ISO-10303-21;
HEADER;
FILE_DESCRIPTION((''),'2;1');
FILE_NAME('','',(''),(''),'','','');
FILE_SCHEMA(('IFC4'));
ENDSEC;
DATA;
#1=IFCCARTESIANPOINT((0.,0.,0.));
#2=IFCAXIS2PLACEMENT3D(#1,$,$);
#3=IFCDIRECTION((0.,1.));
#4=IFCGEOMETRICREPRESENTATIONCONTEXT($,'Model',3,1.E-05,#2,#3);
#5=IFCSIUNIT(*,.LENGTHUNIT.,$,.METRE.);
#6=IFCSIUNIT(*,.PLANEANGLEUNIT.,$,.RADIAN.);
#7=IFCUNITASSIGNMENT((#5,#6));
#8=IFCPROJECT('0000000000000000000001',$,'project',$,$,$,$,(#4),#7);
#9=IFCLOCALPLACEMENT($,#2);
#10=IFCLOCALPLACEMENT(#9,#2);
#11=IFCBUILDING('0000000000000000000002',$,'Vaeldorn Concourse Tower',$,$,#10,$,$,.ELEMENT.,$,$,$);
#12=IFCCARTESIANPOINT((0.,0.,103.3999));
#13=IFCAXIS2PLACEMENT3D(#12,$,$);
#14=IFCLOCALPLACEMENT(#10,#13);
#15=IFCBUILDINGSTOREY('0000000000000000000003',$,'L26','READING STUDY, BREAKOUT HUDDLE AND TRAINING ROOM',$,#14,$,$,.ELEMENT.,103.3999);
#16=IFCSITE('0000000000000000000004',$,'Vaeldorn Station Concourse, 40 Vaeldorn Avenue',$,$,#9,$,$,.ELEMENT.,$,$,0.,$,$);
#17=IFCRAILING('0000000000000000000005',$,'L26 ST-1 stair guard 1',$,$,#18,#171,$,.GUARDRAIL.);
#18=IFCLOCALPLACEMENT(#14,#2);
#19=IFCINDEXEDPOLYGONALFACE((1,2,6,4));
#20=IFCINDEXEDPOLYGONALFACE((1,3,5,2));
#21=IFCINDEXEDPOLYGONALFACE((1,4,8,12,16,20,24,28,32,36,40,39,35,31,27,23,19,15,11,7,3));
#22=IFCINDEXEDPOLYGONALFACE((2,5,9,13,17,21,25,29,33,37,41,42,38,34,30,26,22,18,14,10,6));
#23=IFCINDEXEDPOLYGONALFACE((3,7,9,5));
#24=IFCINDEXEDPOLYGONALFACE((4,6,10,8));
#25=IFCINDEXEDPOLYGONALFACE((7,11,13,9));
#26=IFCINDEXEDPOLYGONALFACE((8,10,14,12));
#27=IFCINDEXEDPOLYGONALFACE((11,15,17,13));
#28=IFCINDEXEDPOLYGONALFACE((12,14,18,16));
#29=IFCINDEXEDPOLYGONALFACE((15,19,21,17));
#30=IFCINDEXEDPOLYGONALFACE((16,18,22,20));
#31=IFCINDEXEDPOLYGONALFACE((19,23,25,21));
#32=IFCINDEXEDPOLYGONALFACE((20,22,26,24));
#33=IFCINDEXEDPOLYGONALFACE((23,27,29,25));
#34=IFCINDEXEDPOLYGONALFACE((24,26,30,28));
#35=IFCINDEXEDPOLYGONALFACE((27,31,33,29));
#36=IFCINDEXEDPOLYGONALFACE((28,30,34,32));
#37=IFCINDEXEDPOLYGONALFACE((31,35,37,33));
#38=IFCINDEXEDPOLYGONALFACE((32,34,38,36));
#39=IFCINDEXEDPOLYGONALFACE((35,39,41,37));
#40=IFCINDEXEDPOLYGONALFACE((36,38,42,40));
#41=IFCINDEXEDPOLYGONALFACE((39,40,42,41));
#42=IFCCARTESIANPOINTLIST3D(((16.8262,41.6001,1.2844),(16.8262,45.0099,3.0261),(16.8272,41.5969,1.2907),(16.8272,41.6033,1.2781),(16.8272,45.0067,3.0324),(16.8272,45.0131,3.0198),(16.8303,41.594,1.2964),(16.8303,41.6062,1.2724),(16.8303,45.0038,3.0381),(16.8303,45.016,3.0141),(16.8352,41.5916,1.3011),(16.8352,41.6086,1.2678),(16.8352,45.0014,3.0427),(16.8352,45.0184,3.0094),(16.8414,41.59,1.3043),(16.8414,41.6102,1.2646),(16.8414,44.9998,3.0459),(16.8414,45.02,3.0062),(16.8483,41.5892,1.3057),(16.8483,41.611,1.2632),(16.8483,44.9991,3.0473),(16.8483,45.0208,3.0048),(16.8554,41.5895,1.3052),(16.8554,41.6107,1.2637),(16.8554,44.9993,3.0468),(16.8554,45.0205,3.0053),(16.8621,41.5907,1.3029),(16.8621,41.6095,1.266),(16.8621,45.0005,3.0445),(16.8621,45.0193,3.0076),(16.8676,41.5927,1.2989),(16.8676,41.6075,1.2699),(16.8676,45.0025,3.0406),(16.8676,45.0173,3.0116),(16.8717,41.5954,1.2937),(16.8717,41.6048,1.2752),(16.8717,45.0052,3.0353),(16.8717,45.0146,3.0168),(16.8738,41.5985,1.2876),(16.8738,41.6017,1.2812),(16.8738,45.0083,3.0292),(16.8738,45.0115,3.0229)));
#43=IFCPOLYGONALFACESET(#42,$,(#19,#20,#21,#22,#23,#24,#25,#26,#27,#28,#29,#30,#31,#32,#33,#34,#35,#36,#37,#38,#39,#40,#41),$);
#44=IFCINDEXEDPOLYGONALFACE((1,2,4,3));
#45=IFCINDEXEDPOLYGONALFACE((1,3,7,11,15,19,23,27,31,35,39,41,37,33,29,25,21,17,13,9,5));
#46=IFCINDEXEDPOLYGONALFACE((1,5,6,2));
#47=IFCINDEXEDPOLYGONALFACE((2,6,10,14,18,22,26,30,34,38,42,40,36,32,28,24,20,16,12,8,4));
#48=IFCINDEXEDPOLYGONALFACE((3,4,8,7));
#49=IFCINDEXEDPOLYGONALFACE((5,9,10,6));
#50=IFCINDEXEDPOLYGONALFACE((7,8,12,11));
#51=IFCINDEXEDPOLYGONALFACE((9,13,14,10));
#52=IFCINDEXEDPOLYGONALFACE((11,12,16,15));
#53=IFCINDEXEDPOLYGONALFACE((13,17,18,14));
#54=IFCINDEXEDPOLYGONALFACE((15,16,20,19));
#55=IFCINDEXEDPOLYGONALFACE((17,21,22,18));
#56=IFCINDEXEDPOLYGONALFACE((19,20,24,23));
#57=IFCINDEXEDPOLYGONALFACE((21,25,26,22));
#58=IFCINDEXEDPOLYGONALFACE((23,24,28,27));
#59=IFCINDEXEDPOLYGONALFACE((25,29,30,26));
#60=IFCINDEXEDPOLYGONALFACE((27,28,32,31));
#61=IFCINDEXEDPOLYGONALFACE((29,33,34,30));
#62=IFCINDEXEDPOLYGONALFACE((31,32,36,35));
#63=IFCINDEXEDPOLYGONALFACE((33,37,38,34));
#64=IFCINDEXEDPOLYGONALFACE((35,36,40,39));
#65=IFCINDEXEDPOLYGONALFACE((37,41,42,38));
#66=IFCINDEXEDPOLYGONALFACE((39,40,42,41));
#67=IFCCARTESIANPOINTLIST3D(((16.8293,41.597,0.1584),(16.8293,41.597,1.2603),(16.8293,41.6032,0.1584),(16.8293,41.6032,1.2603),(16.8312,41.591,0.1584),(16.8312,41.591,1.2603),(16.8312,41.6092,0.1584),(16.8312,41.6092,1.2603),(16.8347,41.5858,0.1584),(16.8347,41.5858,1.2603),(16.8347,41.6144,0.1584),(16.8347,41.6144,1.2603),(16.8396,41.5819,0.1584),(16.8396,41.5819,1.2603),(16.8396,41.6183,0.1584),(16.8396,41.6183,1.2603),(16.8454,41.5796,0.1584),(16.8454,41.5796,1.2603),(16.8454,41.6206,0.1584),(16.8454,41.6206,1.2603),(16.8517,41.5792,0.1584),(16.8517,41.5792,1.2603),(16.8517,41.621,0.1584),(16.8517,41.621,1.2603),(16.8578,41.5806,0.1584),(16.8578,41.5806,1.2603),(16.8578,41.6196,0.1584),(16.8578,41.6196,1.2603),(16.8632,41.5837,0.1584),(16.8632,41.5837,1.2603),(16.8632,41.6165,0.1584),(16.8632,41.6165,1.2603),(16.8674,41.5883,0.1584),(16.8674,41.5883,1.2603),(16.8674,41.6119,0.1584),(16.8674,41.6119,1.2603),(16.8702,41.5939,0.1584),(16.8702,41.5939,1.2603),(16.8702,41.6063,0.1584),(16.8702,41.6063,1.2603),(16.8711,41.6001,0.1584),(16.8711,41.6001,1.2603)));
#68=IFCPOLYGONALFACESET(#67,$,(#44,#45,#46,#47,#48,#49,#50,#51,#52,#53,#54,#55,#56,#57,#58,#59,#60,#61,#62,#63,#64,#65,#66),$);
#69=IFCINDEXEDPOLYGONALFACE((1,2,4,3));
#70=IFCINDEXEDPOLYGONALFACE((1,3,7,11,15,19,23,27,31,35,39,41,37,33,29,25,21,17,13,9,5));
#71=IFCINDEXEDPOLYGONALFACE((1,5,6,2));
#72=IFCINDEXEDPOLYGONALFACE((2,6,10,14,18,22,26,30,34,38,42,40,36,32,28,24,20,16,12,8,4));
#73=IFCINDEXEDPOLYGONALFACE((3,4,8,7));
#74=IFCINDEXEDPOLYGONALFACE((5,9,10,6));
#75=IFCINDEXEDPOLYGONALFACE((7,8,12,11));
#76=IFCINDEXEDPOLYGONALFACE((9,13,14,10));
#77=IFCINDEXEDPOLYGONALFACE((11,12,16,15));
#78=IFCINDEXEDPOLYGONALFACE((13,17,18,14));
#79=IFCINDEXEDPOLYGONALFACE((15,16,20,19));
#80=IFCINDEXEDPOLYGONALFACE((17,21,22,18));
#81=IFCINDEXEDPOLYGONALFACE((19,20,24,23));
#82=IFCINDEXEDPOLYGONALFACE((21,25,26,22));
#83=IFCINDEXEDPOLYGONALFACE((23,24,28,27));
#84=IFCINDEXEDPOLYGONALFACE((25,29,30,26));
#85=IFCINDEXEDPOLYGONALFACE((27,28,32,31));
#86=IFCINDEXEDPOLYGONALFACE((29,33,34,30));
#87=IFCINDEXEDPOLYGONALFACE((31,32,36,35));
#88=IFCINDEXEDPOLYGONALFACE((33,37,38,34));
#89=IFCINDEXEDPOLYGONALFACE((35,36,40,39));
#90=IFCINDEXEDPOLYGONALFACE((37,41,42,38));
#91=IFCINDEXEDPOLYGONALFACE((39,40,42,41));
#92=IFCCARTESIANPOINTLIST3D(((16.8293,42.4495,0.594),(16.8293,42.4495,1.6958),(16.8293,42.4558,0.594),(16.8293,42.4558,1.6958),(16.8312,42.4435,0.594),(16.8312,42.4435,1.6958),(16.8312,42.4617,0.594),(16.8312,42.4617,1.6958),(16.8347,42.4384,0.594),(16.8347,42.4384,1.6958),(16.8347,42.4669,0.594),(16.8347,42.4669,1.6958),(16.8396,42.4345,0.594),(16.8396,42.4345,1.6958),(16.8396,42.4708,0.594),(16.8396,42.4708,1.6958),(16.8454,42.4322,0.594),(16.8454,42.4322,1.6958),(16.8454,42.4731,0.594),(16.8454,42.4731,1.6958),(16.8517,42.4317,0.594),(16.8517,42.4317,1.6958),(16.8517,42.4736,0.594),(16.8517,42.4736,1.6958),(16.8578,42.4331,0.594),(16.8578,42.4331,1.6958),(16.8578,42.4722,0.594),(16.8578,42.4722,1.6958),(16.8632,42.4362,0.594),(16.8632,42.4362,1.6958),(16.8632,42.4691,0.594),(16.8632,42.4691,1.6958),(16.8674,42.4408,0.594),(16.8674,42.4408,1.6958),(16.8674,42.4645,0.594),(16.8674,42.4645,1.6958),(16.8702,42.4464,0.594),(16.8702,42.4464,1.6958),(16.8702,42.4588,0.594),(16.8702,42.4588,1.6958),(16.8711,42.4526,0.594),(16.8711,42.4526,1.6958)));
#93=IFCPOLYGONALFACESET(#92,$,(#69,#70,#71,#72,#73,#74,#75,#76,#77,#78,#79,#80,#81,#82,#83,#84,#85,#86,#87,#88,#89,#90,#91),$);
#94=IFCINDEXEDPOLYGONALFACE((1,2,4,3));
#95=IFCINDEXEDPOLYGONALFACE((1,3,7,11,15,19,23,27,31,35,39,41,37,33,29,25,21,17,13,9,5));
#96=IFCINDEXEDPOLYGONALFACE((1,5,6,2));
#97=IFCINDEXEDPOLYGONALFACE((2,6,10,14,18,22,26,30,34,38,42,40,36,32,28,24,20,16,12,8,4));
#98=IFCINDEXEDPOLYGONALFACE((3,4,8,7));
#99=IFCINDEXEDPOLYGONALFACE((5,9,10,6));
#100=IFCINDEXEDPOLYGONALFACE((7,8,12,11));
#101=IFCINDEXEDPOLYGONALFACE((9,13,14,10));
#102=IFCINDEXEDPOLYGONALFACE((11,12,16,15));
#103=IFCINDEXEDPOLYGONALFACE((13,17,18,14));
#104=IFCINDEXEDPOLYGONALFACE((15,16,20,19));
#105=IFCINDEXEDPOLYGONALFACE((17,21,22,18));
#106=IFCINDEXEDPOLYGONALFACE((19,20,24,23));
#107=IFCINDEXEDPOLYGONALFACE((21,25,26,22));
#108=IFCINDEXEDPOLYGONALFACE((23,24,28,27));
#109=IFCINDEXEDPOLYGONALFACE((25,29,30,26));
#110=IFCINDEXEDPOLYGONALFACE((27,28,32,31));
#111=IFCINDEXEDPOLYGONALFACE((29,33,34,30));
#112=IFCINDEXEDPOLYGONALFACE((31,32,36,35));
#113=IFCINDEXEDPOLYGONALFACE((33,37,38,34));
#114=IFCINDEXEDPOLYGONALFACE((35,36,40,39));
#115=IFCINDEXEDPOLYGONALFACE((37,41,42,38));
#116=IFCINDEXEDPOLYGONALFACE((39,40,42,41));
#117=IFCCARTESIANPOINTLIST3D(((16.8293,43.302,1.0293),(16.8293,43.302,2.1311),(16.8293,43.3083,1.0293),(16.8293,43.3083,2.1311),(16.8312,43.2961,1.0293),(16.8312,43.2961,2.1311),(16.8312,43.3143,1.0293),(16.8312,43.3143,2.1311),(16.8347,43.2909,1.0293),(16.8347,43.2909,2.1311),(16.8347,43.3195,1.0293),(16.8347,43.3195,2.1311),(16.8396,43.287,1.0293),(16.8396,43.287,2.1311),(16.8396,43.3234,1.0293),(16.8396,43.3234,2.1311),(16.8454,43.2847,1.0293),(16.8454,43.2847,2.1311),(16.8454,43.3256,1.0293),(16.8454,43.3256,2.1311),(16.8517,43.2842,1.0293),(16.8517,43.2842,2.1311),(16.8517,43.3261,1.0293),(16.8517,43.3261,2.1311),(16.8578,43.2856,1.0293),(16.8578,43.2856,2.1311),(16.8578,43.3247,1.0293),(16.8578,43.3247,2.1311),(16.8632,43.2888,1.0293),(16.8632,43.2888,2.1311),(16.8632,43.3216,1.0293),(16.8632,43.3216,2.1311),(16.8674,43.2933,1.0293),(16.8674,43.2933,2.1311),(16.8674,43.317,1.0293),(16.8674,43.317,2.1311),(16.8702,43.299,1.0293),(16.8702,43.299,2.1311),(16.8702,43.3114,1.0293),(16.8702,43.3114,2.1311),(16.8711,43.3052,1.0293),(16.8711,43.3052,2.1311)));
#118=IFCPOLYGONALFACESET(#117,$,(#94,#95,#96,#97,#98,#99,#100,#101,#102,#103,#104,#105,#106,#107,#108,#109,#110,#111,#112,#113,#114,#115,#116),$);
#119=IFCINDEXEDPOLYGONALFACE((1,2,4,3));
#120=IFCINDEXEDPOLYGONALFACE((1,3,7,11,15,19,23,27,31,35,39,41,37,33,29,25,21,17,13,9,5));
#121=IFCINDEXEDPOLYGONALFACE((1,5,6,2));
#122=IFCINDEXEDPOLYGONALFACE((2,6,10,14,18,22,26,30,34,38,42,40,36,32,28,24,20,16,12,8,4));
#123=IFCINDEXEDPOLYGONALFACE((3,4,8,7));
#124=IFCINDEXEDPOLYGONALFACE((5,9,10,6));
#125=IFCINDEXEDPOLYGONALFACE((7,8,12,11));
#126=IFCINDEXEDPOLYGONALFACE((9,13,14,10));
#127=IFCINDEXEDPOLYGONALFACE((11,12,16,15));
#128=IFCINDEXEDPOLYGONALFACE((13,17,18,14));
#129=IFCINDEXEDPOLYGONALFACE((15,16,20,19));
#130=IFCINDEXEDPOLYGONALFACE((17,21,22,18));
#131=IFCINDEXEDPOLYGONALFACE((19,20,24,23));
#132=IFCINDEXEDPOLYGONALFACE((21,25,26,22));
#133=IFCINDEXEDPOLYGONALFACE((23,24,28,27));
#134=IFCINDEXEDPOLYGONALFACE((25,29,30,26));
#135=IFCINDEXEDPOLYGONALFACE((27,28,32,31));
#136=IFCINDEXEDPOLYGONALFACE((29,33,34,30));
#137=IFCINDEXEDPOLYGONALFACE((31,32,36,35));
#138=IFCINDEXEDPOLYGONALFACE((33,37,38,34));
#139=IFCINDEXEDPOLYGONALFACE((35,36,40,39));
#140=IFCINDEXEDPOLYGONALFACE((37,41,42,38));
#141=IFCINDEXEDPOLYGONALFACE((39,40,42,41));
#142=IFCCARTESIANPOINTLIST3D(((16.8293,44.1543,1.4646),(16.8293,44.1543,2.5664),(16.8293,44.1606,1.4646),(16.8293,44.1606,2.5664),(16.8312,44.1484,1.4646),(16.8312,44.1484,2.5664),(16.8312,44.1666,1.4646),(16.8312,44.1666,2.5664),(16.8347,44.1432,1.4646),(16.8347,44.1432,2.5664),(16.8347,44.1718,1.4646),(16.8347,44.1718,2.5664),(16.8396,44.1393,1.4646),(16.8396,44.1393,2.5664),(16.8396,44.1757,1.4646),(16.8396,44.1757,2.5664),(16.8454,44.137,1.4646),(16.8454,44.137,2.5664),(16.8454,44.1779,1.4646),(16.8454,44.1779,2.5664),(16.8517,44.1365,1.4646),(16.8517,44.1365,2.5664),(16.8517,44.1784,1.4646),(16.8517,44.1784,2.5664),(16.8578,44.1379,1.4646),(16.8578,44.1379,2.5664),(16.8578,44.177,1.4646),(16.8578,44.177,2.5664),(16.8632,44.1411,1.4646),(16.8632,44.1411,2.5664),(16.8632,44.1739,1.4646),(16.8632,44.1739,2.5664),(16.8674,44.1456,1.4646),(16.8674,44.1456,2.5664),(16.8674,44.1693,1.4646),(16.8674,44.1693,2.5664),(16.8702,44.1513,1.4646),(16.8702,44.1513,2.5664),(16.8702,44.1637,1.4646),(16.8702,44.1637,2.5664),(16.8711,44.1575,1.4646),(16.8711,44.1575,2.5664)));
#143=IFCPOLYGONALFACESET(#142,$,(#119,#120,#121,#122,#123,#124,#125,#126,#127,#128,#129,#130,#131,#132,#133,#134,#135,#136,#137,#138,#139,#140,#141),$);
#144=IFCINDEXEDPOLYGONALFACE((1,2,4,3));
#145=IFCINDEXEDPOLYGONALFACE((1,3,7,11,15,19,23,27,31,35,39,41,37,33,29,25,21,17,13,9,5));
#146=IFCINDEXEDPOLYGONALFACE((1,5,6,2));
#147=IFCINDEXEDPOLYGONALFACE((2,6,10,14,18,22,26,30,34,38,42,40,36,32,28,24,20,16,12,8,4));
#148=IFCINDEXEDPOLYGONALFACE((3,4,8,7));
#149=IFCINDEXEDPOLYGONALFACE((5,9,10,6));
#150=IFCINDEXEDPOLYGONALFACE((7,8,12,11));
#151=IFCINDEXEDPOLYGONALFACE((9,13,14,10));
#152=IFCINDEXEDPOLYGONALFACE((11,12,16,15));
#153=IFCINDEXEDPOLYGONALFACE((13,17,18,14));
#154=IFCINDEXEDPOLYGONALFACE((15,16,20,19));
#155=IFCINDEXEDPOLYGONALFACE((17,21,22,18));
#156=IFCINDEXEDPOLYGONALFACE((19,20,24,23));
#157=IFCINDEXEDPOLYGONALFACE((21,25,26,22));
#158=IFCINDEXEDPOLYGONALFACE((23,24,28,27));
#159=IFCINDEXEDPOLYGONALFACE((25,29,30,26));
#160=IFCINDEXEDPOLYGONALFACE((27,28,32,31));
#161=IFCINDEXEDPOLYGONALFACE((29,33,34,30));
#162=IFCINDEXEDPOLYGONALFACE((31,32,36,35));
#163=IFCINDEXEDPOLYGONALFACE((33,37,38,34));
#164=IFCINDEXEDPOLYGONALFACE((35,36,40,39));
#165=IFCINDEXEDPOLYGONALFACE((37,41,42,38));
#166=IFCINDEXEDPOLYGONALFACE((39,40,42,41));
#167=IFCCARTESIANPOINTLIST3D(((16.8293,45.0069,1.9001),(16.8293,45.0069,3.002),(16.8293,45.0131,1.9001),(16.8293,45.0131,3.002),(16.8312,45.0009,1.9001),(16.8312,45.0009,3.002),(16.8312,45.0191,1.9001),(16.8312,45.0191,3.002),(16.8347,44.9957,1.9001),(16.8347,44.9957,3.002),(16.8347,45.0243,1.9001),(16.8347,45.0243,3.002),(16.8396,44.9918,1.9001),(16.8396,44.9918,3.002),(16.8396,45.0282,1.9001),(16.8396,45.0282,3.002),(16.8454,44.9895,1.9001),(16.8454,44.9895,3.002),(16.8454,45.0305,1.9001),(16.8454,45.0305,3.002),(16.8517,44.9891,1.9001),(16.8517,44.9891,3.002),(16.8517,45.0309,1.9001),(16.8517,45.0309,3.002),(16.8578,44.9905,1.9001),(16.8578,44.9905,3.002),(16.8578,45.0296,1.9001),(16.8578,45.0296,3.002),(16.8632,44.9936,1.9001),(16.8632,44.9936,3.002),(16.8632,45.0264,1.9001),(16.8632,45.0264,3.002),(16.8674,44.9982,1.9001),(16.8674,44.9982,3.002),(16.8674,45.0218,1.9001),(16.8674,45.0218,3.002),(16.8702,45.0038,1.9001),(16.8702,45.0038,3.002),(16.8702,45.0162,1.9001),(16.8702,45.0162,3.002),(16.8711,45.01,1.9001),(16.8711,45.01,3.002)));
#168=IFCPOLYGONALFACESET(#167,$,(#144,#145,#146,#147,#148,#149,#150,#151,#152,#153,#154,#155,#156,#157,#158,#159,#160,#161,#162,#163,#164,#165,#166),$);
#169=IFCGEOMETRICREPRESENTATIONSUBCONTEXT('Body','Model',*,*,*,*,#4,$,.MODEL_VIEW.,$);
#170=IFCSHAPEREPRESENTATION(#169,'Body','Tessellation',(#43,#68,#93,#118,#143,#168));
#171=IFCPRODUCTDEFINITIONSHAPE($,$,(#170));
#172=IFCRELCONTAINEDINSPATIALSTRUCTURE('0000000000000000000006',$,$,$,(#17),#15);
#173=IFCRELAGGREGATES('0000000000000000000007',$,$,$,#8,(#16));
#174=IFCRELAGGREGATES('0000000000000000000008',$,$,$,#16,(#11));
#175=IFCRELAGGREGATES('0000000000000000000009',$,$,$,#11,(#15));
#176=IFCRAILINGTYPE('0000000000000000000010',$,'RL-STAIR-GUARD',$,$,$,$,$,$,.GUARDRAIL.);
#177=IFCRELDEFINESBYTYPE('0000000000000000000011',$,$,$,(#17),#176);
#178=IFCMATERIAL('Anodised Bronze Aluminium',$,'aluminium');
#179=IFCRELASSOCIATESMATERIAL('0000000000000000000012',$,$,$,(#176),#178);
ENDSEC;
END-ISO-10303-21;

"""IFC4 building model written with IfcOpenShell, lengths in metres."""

from ifc_helpers import new_model, si_unit, direction, frame, origin, origin_2d, place, context, subcontext, project, spatial, circle, extrude, material, type_object, element, save


model = new_model("IFC4")

# Units and contexts
model_context = context("Model", 3, precision=1e-05, world=origin(), true_north=direction((0.0, 1.0)))
body_context = subcontext(model_context, "Body", "Model", "MODEL_VIEW")
ifc_project = project(units=[si_unit("LENGTHUNIT", "METRE"), si_unit("PLANEANGLEUNIT", "RADIAN")], contexts=[model_context])

# Site, building, storey
site_placement = place(None, origin())
site = spatial("IfcSite", under=ifc_project, at=site_placement, Name="Vaeldorn Station Concourse, 40 Vaeldorn Avenue", CompositionType="ELEMENT", RefElevation=0.0)
building_placement = place(site_placement, origin())
building = spatial("IfcBuilding", under=site, at=building_placement, Name="Vaeldorn Concourse Tower", CompositionType="ELEMENT")
storey_placement = place(building_placement, frame((0.0, 0.0, 103.3999)))
storey = spatial("IfcBuildingStorey", under=building, at=storey_placement, Name="L26", Description="READING STUDY, BREAKOUT HUDDLE AND TRAINING ROOM", CompositionType="ELEMENT", Elevation=103.3999)

# Shared definitions
ifc_material_1 = material(Name="Anodised Bronze Aluminium", Category="aluminium")

# Railing
railing_type_1 = type_object("IfcRailingType", Name="RL-STAIR-GUARD", PredefinedType="GUARDRAIL", material=ifc_material_1)
railing_1_placement = place(storey_placement, frame((16.8501, 41.6001, 0.1584)))
element("IfcRailing", 1, at=railing_1_placement, inside=storey, type_object=railing_type_1, Name="L26 ST-1 stair guard 1", PredefinedType="GUARDRAIL", context=body_context, shape_type="SweptSolid", body=[
    extrude(circle(Radius=0.0239, at=origin_2d()), frame((0.0, 0.0, 1.126), z_axis=(0.0, 0.890556, 0.454874), x_axis=(-1.0, 0.0, 0.0)), (0.0, 0.0, 1.0), 3.8289),
    extrude(circle(Radius=0.021, at=origin_2d()), origin(), (0.0, 0.0, 1.0), 1.1018),
    extrude(circle(Radius=0.021, at=origin_2d()), frame((0.0, 0.8525, 0.4355)), (0.0, 0.0, 1.0), 1.1018),
    extrude(circle(Radius=0.021, at=origin_2d()), frame((0.0, 1.7051, 0.8708)), (0.0, 0.0, 1.0), 1.1018),
    extrude(circle(Radius=0.021, at=origin_2d()), frame((0.0, 2.5574, 1.3062)), (0.0, 0.0, 1.0), 1.1018),
    extrude(circle(Radius=0.021, at=origin_2d()), frame((0.0, 3.4099, 1.7417)), (0.0, 0.0, 1.0), 1.1018),
])

save(model, "model.ifc")
